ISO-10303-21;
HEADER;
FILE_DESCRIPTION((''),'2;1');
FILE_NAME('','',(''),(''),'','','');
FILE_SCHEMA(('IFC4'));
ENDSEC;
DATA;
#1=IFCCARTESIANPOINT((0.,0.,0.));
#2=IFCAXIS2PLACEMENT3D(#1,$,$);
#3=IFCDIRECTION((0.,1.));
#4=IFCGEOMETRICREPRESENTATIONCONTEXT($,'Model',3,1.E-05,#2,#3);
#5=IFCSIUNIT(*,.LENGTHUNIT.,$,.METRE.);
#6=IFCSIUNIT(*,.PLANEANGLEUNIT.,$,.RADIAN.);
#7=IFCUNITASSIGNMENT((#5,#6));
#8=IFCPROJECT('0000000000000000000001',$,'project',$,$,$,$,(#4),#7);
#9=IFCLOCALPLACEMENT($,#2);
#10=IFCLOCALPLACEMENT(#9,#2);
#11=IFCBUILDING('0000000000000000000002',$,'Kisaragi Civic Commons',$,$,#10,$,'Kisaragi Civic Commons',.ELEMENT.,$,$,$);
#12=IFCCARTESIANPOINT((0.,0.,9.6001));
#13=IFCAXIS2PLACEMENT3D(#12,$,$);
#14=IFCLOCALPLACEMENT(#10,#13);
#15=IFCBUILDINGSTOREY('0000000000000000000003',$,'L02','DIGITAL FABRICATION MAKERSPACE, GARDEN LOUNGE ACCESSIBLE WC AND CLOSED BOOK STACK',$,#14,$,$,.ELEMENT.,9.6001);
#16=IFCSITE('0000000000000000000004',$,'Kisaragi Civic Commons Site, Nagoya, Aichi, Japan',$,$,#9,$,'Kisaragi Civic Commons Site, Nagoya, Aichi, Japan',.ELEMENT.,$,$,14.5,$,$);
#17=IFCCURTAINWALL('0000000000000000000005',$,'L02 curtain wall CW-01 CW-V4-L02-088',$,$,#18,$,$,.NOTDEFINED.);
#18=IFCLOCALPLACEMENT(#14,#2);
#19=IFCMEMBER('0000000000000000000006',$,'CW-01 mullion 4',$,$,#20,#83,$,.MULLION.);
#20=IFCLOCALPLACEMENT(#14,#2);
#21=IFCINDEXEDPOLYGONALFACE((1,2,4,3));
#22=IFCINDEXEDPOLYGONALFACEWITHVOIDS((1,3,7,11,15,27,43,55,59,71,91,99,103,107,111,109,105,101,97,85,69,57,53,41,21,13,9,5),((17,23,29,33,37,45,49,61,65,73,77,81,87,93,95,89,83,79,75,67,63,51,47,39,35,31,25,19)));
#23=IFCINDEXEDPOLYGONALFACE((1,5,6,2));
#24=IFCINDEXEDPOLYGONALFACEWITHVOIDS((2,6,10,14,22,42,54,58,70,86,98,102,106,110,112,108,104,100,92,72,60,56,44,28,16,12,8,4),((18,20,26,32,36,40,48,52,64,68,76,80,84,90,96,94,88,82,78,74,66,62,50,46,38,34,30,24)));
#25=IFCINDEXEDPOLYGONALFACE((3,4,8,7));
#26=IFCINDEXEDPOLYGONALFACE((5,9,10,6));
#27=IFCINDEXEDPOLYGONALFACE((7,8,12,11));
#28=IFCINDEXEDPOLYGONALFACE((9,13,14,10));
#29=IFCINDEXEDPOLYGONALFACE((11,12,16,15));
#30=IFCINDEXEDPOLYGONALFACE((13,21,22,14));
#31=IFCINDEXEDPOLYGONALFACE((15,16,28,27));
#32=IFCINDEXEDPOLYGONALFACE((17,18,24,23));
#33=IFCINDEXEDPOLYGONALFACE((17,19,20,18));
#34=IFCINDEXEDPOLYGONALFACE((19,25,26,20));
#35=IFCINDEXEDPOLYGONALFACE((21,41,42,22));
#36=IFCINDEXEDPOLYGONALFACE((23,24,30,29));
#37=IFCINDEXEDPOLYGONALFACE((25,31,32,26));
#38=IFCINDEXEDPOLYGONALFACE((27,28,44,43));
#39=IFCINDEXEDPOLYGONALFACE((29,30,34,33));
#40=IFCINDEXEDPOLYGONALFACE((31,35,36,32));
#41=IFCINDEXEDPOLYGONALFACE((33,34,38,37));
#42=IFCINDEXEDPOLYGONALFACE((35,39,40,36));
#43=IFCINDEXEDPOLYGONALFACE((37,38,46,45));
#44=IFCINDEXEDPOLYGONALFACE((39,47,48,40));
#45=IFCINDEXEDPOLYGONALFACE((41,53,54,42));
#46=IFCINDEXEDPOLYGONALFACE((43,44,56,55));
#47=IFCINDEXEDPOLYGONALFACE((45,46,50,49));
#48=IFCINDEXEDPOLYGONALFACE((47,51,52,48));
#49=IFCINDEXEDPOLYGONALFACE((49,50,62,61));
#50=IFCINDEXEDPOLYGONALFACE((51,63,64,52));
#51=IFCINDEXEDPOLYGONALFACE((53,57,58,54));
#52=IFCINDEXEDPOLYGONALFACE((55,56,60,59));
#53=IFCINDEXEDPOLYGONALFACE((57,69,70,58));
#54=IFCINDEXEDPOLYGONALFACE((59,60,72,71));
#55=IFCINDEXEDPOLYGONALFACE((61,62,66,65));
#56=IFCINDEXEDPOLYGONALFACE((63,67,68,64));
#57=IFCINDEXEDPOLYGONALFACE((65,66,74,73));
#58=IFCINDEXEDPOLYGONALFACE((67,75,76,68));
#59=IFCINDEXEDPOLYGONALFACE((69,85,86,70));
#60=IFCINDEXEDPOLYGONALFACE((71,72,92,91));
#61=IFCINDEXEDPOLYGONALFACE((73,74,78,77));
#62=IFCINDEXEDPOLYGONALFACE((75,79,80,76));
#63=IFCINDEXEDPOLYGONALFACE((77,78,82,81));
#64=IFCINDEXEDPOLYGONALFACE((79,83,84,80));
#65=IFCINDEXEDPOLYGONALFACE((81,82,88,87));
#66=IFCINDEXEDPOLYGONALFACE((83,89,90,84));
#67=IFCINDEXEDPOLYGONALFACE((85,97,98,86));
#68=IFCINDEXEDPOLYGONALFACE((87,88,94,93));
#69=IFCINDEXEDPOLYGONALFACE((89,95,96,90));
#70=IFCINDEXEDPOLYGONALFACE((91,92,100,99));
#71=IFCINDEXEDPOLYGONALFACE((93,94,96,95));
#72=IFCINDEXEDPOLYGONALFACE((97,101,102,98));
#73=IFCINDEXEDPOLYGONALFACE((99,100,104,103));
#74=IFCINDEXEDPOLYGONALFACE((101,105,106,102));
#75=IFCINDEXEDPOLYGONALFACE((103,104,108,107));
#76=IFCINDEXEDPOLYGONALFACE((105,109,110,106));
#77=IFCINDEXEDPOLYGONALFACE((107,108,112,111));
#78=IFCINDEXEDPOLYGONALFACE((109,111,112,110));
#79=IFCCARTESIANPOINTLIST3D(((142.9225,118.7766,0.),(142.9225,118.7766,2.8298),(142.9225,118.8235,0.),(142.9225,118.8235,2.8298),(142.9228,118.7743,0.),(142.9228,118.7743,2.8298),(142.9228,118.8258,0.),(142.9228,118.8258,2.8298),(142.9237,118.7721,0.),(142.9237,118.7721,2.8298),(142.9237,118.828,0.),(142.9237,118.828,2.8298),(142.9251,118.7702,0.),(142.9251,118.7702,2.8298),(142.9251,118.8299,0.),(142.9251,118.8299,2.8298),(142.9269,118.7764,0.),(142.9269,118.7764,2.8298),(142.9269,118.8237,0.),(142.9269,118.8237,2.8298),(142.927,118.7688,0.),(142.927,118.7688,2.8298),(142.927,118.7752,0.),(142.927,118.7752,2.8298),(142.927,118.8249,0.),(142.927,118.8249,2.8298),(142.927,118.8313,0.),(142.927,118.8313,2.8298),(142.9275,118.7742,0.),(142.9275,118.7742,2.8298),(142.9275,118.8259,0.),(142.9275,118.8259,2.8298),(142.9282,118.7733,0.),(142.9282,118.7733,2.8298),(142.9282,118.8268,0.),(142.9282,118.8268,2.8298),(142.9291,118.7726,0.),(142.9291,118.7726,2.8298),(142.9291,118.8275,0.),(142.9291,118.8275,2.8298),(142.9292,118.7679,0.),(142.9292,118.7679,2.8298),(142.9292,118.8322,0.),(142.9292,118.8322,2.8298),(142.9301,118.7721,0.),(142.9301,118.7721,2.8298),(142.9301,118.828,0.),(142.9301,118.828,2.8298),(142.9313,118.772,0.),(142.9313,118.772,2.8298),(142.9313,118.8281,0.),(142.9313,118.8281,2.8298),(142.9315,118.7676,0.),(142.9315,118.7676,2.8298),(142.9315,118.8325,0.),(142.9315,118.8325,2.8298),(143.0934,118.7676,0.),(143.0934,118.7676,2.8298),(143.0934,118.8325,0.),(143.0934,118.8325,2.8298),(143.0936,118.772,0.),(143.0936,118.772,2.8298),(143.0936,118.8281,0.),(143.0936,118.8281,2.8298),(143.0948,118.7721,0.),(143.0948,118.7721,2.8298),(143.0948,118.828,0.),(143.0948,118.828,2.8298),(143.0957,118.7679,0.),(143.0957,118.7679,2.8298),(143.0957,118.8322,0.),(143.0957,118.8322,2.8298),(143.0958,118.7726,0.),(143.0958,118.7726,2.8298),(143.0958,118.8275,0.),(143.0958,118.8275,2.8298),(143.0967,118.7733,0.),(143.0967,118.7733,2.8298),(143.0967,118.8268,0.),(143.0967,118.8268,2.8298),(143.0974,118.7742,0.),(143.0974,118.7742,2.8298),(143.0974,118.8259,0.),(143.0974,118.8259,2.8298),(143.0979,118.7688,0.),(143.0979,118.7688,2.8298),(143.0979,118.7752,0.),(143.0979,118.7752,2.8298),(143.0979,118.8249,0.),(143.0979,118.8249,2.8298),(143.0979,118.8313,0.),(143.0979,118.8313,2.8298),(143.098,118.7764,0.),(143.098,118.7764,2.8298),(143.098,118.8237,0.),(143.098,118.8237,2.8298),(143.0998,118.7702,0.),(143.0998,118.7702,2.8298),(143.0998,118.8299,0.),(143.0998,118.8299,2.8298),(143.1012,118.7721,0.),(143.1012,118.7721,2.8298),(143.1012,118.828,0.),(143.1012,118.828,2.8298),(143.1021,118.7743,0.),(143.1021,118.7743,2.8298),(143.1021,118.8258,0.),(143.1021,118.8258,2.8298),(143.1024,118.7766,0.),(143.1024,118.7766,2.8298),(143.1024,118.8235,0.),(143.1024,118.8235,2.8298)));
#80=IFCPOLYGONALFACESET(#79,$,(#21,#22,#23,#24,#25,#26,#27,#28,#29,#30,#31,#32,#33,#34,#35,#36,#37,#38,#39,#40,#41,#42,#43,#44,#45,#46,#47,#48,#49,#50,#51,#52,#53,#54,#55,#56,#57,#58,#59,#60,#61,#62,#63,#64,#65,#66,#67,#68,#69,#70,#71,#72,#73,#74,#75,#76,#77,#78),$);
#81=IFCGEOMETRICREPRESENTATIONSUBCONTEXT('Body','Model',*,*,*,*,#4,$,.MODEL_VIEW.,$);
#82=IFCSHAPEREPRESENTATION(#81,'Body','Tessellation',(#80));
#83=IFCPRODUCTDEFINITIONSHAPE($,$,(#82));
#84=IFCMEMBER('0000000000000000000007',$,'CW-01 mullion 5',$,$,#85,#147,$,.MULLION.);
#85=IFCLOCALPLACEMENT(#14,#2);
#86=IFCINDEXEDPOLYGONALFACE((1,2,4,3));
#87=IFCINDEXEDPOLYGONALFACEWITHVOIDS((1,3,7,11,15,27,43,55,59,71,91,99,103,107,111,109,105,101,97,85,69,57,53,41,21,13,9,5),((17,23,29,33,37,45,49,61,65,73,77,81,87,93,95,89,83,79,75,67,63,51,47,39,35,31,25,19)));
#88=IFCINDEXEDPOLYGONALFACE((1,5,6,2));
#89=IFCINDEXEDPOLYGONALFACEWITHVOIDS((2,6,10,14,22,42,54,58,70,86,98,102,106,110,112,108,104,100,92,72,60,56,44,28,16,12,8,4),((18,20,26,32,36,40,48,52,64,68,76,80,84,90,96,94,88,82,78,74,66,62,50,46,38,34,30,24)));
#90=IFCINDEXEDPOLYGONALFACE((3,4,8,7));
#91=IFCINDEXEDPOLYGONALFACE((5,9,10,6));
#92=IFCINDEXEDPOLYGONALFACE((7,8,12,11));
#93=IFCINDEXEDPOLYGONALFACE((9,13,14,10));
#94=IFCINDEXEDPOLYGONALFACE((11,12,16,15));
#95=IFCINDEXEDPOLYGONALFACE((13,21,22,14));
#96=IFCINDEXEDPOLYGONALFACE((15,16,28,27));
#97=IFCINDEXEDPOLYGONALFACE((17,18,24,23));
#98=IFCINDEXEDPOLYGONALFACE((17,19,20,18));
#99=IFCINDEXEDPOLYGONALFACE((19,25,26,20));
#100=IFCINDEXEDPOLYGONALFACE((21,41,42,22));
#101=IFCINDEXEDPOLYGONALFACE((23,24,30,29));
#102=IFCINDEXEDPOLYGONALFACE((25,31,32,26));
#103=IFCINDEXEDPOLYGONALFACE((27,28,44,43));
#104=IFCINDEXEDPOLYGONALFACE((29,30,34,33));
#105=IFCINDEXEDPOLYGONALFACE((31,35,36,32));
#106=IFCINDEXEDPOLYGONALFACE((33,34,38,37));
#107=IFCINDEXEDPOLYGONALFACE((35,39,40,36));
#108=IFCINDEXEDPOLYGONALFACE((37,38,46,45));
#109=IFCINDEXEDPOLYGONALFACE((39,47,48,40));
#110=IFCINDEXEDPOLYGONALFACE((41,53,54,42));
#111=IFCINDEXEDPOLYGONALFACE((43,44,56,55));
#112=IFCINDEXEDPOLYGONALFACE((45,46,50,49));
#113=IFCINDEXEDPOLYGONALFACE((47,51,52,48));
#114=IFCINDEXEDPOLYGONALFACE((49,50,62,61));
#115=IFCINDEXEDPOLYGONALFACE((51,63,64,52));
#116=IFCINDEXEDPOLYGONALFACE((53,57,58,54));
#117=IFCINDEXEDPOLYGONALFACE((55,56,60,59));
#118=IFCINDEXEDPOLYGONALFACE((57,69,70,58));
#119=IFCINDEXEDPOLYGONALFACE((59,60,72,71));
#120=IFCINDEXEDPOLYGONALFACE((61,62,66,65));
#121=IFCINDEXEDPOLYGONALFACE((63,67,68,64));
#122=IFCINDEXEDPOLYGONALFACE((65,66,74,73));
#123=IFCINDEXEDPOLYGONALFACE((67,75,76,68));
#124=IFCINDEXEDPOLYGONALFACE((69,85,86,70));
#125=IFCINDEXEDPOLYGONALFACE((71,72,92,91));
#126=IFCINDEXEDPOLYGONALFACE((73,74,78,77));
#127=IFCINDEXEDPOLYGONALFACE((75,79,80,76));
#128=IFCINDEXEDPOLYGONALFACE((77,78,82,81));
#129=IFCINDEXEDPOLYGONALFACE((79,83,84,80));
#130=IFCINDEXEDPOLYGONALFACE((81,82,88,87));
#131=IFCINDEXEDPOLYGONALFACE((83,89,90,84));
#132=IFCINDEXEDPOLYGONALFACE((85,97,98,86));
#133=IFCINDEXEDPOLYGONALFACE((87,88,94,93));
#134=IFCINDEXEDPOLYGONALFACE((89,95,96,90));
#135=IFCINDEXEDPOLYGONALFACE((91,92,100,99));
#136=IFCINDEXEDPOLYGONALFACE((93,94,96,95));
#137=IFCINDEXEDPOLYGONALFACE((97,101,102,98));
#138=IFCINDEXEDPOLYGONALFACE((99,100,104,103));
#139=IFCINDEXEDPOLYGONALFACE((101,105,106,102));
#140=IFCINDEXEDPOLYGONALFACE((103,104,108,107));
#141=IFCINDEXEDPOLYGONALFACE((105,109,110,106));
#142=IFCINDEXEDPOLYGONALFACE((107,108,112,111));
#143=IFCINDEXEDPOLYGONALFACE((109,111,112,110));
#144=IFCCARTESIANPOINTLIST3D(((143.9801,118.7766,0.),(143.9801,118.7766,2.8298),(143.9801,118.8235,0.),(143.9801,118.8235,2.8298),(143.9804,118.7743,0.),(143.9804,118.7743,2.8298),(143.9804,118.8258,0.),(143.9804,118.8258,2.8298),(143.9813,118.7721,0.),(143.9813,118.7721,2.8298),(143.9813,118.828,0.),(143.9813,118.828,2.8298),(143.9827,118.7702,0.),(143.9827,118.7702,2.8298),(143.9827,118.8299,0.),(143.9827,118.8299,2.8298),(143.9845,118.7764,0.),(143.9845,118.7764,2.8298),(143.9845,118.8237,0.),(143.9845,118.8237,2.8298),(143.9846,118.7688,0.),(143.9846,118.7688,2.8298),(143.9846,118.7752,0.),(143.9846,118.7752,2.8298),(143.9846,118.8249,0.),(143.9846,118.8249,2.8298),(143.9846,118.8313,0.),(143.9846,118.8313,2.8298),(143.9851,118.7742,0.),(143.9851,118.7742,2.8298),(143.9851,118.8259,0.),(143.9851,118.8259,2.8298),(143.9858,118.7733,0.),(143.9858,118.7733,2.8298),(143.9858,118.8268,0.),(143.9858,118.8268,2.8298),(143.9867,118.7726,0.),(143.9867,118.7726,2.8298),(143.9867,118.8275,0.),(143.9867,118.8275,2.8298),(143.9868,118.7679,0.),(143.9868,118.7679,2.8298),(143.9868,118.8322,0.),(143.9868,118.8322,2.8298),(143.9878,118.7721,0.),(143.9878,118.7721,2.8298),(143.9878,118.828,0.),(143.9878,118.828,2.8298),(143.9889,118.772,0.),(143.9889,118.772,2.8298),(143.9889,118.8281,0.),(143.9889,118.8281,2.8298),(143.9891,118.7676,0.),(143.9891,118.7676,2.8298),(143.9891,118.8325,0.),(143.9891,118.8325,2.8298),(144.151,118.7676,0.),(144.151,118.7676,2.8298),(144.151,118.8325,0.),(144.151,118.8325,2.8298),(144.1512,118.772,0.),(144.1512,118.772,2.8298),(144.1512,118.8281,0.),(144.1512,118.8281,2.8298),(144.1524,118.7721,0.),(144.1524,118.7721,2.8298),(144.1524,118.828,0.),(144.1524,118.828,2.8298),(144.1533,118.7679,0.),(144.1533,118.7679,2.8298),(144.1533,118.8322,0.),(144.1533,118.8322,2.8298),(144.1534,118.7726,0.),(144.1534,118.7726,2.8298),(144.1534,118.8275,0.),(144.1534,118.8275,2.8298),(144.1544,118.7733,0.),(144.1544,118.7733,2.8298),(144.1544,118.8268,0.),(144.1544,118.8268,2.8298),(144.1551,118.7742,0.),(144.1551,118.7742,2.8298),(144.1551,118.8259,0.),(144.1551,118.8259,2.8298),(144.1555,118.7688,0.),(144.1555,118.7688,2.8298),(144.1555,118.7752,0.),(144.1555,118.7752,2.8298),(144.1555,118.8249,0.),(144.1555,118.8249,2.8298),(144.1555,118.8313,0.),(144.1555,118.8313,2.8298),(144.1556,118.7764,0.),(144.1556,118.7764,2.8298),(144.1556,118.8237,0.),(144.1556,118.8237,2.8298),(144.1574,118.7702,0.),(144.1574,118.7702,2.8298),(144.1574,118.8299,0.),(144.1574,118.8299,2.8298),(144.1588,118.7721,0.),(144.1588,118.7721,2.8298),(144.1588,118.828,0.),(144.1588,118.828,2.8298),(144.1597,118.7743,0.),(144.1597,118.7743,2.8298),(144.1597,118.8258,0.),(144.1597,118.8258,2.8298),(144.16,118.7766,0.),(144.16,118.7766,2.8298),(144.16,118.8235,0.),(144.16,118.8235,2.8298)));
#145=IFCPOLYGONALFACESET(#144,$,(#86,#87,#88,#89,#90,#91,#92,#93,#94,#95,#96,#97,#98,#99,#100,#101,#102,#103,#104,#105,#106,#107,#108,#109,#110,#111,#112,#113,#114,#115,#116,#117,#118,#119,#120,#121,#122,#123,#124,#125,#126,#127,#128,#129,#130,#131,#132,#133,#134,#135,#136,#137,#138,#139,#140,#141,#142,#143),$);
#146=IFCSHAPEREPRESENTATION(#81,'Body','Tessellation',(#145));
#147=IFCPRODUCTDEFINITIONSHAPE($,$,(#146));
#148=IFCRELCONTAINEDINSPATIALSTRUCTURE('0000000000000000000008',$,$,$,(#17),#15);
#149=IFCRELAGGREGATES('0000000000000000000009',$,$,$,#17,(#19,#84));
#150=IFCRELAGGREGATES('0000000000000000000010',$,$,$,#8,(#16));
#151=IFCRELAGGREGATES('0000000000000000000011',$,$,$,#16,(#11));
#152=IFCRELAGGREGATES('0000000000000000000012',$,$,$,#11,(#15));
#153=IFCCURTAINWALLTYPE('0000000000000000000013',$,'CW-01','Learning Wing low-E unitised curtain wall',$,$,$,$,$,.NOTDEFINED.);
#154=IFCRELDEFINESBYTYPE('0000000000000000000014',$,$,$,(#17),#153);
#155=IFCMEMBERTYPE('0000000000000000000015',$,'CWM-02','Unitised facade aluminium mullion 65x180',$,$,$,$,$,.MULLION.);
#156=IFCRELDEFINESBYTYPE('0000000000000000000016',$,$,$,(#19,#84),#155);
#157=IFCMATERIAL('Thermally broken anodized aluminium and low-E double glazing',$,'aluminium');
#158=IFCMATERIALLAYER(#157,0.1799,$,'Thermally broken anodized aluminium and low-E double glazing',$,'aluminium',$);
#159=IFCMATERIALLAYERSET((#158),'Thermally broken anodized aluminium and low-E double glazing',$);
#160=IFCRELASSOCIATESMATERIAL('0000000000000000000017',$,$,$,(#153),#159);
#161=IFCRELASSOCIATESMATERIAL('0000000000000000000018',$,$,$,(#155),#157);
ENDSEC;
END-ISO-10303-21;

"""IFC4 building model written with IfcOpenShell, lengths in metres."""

from ifc_helpers import new_model, si_unit, direction, frame, origin, origin_2d, place, context, subcontext, project, spatial, hollow_rectangle, extrude, material, layer, layer_set, material_profile, profile_set, type_object, element, aggregate, save


model = new_model("IFC4")

# Units and contexts
model_context = context("Model", 3, precision=1e-05, world=origin(), true_north=direction((0.0, 1.0)))
body_context = subcontext(model_context, "Body", "Model", "MODEL_VIEW")
ifc_project = project(units=[si_unit("LENGTHUNIT", "METRE"), si_unit("PLANEANGLEUNIT", "RADIAN")], contexts=[model_context])

# Site, building, storey
site_placement = place(None, origin())
site = spatial("IfcSite", under=ifc_project, at=site_placement, Name="Kisaragi Civic Commons Site, Nagoya, Aichi, Japan", LongName="Kisaragi Civic Commons Site, Nagoya, Aichi, Japan", CompositionType="ELEMENT", RefElevation=14.5)
building_placement = place(site_placement, origin())
building = spatial("IfcBuilding", under=site, at=building_placement, Name="Kisaragi Civic Commons", LongName="Kisaragi Civic Commons", CompositionType="ELEMENT")
storey_placement = place(building_placement, frame((0.0, 0.0, 9.6001)))
storey = spatial("IfcBuildingStorey", under=building, at=storey_placement, Name="L02", Description="DIGITAL FABRICATION MAKERSPACE, GARDEN LOUNGE ACCESSIBLE WC AND CLOSED BOOK STACK", CompositionType="ELEMENT", Elevation=9.6001)

# Curtain wall, members
ifc_material_1 = material(Name="Thermally broken anodized aluminium and low-E double glazing", Category="aluminium")
ifc_layer_1 = layer(ifc_material_1, 0.1799, Name="Thermally broken anodized aluminium and low-E double glazing", Category="aluminium")
ifc_layer_set_1 = layer_set([ifc_layer_1], Name="Thermally broken anodized aluminium and low-E double glazing")
curtain_wall_type = type_object("IfcCurtainWallType", Name="CW-01", Description="Learning Wing low-E unitised curtain wall", PredefinedType="NOTDEFINED", material=ifc_layer_set_1)
curtain_wall_placement = place(storey_placement, origin())
curtain_wall = element("IfcCurtainWall", 1, at=curtain_wall_placement, inside=storey, type_object=curtain_wall_type, Name="L02 curtain wall CW-01 CW-V4-L02-088", PredefinedType="NOTDEFINED")
ifc_material_profile_1 = material_profile(ifc_material_1, hollow_rectangle(XDim=0.0649, YDim=0.1799, WallThickness=0.0044, InnerFilletRadius=0.0044, OuterFilletRadius=0.009, at=origin_2d()), Name="CWM-65x180x4.5", Category="aluminium")
ifc_profile_set_1 = profile_set([ifc_material_profile_1], Name="Thermally broken anodized aluminium and low-E double glazing")
member_type_1 = type_object("IfcMemberType", Name="CWM-02", Description="Unitised facade aluminium mullion 65x180", PredefinedType="MULLION", material=ifc_profile_set_1)
member_1_placement = place(storey_placement, frame((143.0125, 118.8, 0.0), z_axis=(0.0, 0.0, 1.0), x_axis=(0.0, 1.0, 0.0)))
member_1 = element("IfcMember", 2, at=member_1_placement, type_object=member_type_1, Name="CW-01 mullion 4", PredefinedType="MULLION", context=body_context, shape_type="SweptSolid", body=[
    extrude(hollow_rectangle(XDim=0.0649, YDim=0.1799, WallThickness=0.0044, InnerFilletRadius=0.0044, OuterFilletRadius=0.009, at=origin_2d()), origin(), (0.0, 0.0, 1.0), 2.8298),
])
member_2_placement = place(storey_placement, frame((144.0701, 118.8, 0.0), z_axis=(0.0, 0.0, 1.0), x_axis=(0.0, 1.0, 0.0)))
member_2 = element("IfcMember", 3, at=member_2_placement, type_object=member_type_1, Name="CW-01 mullion 5", PredefinedType="MULLION", context=body_context, shape_type="SweptSolid", body=[
    extrude(hollow_rectangle(XDim=0.0649, YDim=0.1799, WallThickness=0.0044, InnerFilletRadius=0.0044, OuterFilletRadius=0.009, at=origin_2d()), origin(), (0.0, 0.0, 1.0), 2.8298),
])
aggregate(curtain_wall, [member_1, member_2])

save(model, "model.ifc")
